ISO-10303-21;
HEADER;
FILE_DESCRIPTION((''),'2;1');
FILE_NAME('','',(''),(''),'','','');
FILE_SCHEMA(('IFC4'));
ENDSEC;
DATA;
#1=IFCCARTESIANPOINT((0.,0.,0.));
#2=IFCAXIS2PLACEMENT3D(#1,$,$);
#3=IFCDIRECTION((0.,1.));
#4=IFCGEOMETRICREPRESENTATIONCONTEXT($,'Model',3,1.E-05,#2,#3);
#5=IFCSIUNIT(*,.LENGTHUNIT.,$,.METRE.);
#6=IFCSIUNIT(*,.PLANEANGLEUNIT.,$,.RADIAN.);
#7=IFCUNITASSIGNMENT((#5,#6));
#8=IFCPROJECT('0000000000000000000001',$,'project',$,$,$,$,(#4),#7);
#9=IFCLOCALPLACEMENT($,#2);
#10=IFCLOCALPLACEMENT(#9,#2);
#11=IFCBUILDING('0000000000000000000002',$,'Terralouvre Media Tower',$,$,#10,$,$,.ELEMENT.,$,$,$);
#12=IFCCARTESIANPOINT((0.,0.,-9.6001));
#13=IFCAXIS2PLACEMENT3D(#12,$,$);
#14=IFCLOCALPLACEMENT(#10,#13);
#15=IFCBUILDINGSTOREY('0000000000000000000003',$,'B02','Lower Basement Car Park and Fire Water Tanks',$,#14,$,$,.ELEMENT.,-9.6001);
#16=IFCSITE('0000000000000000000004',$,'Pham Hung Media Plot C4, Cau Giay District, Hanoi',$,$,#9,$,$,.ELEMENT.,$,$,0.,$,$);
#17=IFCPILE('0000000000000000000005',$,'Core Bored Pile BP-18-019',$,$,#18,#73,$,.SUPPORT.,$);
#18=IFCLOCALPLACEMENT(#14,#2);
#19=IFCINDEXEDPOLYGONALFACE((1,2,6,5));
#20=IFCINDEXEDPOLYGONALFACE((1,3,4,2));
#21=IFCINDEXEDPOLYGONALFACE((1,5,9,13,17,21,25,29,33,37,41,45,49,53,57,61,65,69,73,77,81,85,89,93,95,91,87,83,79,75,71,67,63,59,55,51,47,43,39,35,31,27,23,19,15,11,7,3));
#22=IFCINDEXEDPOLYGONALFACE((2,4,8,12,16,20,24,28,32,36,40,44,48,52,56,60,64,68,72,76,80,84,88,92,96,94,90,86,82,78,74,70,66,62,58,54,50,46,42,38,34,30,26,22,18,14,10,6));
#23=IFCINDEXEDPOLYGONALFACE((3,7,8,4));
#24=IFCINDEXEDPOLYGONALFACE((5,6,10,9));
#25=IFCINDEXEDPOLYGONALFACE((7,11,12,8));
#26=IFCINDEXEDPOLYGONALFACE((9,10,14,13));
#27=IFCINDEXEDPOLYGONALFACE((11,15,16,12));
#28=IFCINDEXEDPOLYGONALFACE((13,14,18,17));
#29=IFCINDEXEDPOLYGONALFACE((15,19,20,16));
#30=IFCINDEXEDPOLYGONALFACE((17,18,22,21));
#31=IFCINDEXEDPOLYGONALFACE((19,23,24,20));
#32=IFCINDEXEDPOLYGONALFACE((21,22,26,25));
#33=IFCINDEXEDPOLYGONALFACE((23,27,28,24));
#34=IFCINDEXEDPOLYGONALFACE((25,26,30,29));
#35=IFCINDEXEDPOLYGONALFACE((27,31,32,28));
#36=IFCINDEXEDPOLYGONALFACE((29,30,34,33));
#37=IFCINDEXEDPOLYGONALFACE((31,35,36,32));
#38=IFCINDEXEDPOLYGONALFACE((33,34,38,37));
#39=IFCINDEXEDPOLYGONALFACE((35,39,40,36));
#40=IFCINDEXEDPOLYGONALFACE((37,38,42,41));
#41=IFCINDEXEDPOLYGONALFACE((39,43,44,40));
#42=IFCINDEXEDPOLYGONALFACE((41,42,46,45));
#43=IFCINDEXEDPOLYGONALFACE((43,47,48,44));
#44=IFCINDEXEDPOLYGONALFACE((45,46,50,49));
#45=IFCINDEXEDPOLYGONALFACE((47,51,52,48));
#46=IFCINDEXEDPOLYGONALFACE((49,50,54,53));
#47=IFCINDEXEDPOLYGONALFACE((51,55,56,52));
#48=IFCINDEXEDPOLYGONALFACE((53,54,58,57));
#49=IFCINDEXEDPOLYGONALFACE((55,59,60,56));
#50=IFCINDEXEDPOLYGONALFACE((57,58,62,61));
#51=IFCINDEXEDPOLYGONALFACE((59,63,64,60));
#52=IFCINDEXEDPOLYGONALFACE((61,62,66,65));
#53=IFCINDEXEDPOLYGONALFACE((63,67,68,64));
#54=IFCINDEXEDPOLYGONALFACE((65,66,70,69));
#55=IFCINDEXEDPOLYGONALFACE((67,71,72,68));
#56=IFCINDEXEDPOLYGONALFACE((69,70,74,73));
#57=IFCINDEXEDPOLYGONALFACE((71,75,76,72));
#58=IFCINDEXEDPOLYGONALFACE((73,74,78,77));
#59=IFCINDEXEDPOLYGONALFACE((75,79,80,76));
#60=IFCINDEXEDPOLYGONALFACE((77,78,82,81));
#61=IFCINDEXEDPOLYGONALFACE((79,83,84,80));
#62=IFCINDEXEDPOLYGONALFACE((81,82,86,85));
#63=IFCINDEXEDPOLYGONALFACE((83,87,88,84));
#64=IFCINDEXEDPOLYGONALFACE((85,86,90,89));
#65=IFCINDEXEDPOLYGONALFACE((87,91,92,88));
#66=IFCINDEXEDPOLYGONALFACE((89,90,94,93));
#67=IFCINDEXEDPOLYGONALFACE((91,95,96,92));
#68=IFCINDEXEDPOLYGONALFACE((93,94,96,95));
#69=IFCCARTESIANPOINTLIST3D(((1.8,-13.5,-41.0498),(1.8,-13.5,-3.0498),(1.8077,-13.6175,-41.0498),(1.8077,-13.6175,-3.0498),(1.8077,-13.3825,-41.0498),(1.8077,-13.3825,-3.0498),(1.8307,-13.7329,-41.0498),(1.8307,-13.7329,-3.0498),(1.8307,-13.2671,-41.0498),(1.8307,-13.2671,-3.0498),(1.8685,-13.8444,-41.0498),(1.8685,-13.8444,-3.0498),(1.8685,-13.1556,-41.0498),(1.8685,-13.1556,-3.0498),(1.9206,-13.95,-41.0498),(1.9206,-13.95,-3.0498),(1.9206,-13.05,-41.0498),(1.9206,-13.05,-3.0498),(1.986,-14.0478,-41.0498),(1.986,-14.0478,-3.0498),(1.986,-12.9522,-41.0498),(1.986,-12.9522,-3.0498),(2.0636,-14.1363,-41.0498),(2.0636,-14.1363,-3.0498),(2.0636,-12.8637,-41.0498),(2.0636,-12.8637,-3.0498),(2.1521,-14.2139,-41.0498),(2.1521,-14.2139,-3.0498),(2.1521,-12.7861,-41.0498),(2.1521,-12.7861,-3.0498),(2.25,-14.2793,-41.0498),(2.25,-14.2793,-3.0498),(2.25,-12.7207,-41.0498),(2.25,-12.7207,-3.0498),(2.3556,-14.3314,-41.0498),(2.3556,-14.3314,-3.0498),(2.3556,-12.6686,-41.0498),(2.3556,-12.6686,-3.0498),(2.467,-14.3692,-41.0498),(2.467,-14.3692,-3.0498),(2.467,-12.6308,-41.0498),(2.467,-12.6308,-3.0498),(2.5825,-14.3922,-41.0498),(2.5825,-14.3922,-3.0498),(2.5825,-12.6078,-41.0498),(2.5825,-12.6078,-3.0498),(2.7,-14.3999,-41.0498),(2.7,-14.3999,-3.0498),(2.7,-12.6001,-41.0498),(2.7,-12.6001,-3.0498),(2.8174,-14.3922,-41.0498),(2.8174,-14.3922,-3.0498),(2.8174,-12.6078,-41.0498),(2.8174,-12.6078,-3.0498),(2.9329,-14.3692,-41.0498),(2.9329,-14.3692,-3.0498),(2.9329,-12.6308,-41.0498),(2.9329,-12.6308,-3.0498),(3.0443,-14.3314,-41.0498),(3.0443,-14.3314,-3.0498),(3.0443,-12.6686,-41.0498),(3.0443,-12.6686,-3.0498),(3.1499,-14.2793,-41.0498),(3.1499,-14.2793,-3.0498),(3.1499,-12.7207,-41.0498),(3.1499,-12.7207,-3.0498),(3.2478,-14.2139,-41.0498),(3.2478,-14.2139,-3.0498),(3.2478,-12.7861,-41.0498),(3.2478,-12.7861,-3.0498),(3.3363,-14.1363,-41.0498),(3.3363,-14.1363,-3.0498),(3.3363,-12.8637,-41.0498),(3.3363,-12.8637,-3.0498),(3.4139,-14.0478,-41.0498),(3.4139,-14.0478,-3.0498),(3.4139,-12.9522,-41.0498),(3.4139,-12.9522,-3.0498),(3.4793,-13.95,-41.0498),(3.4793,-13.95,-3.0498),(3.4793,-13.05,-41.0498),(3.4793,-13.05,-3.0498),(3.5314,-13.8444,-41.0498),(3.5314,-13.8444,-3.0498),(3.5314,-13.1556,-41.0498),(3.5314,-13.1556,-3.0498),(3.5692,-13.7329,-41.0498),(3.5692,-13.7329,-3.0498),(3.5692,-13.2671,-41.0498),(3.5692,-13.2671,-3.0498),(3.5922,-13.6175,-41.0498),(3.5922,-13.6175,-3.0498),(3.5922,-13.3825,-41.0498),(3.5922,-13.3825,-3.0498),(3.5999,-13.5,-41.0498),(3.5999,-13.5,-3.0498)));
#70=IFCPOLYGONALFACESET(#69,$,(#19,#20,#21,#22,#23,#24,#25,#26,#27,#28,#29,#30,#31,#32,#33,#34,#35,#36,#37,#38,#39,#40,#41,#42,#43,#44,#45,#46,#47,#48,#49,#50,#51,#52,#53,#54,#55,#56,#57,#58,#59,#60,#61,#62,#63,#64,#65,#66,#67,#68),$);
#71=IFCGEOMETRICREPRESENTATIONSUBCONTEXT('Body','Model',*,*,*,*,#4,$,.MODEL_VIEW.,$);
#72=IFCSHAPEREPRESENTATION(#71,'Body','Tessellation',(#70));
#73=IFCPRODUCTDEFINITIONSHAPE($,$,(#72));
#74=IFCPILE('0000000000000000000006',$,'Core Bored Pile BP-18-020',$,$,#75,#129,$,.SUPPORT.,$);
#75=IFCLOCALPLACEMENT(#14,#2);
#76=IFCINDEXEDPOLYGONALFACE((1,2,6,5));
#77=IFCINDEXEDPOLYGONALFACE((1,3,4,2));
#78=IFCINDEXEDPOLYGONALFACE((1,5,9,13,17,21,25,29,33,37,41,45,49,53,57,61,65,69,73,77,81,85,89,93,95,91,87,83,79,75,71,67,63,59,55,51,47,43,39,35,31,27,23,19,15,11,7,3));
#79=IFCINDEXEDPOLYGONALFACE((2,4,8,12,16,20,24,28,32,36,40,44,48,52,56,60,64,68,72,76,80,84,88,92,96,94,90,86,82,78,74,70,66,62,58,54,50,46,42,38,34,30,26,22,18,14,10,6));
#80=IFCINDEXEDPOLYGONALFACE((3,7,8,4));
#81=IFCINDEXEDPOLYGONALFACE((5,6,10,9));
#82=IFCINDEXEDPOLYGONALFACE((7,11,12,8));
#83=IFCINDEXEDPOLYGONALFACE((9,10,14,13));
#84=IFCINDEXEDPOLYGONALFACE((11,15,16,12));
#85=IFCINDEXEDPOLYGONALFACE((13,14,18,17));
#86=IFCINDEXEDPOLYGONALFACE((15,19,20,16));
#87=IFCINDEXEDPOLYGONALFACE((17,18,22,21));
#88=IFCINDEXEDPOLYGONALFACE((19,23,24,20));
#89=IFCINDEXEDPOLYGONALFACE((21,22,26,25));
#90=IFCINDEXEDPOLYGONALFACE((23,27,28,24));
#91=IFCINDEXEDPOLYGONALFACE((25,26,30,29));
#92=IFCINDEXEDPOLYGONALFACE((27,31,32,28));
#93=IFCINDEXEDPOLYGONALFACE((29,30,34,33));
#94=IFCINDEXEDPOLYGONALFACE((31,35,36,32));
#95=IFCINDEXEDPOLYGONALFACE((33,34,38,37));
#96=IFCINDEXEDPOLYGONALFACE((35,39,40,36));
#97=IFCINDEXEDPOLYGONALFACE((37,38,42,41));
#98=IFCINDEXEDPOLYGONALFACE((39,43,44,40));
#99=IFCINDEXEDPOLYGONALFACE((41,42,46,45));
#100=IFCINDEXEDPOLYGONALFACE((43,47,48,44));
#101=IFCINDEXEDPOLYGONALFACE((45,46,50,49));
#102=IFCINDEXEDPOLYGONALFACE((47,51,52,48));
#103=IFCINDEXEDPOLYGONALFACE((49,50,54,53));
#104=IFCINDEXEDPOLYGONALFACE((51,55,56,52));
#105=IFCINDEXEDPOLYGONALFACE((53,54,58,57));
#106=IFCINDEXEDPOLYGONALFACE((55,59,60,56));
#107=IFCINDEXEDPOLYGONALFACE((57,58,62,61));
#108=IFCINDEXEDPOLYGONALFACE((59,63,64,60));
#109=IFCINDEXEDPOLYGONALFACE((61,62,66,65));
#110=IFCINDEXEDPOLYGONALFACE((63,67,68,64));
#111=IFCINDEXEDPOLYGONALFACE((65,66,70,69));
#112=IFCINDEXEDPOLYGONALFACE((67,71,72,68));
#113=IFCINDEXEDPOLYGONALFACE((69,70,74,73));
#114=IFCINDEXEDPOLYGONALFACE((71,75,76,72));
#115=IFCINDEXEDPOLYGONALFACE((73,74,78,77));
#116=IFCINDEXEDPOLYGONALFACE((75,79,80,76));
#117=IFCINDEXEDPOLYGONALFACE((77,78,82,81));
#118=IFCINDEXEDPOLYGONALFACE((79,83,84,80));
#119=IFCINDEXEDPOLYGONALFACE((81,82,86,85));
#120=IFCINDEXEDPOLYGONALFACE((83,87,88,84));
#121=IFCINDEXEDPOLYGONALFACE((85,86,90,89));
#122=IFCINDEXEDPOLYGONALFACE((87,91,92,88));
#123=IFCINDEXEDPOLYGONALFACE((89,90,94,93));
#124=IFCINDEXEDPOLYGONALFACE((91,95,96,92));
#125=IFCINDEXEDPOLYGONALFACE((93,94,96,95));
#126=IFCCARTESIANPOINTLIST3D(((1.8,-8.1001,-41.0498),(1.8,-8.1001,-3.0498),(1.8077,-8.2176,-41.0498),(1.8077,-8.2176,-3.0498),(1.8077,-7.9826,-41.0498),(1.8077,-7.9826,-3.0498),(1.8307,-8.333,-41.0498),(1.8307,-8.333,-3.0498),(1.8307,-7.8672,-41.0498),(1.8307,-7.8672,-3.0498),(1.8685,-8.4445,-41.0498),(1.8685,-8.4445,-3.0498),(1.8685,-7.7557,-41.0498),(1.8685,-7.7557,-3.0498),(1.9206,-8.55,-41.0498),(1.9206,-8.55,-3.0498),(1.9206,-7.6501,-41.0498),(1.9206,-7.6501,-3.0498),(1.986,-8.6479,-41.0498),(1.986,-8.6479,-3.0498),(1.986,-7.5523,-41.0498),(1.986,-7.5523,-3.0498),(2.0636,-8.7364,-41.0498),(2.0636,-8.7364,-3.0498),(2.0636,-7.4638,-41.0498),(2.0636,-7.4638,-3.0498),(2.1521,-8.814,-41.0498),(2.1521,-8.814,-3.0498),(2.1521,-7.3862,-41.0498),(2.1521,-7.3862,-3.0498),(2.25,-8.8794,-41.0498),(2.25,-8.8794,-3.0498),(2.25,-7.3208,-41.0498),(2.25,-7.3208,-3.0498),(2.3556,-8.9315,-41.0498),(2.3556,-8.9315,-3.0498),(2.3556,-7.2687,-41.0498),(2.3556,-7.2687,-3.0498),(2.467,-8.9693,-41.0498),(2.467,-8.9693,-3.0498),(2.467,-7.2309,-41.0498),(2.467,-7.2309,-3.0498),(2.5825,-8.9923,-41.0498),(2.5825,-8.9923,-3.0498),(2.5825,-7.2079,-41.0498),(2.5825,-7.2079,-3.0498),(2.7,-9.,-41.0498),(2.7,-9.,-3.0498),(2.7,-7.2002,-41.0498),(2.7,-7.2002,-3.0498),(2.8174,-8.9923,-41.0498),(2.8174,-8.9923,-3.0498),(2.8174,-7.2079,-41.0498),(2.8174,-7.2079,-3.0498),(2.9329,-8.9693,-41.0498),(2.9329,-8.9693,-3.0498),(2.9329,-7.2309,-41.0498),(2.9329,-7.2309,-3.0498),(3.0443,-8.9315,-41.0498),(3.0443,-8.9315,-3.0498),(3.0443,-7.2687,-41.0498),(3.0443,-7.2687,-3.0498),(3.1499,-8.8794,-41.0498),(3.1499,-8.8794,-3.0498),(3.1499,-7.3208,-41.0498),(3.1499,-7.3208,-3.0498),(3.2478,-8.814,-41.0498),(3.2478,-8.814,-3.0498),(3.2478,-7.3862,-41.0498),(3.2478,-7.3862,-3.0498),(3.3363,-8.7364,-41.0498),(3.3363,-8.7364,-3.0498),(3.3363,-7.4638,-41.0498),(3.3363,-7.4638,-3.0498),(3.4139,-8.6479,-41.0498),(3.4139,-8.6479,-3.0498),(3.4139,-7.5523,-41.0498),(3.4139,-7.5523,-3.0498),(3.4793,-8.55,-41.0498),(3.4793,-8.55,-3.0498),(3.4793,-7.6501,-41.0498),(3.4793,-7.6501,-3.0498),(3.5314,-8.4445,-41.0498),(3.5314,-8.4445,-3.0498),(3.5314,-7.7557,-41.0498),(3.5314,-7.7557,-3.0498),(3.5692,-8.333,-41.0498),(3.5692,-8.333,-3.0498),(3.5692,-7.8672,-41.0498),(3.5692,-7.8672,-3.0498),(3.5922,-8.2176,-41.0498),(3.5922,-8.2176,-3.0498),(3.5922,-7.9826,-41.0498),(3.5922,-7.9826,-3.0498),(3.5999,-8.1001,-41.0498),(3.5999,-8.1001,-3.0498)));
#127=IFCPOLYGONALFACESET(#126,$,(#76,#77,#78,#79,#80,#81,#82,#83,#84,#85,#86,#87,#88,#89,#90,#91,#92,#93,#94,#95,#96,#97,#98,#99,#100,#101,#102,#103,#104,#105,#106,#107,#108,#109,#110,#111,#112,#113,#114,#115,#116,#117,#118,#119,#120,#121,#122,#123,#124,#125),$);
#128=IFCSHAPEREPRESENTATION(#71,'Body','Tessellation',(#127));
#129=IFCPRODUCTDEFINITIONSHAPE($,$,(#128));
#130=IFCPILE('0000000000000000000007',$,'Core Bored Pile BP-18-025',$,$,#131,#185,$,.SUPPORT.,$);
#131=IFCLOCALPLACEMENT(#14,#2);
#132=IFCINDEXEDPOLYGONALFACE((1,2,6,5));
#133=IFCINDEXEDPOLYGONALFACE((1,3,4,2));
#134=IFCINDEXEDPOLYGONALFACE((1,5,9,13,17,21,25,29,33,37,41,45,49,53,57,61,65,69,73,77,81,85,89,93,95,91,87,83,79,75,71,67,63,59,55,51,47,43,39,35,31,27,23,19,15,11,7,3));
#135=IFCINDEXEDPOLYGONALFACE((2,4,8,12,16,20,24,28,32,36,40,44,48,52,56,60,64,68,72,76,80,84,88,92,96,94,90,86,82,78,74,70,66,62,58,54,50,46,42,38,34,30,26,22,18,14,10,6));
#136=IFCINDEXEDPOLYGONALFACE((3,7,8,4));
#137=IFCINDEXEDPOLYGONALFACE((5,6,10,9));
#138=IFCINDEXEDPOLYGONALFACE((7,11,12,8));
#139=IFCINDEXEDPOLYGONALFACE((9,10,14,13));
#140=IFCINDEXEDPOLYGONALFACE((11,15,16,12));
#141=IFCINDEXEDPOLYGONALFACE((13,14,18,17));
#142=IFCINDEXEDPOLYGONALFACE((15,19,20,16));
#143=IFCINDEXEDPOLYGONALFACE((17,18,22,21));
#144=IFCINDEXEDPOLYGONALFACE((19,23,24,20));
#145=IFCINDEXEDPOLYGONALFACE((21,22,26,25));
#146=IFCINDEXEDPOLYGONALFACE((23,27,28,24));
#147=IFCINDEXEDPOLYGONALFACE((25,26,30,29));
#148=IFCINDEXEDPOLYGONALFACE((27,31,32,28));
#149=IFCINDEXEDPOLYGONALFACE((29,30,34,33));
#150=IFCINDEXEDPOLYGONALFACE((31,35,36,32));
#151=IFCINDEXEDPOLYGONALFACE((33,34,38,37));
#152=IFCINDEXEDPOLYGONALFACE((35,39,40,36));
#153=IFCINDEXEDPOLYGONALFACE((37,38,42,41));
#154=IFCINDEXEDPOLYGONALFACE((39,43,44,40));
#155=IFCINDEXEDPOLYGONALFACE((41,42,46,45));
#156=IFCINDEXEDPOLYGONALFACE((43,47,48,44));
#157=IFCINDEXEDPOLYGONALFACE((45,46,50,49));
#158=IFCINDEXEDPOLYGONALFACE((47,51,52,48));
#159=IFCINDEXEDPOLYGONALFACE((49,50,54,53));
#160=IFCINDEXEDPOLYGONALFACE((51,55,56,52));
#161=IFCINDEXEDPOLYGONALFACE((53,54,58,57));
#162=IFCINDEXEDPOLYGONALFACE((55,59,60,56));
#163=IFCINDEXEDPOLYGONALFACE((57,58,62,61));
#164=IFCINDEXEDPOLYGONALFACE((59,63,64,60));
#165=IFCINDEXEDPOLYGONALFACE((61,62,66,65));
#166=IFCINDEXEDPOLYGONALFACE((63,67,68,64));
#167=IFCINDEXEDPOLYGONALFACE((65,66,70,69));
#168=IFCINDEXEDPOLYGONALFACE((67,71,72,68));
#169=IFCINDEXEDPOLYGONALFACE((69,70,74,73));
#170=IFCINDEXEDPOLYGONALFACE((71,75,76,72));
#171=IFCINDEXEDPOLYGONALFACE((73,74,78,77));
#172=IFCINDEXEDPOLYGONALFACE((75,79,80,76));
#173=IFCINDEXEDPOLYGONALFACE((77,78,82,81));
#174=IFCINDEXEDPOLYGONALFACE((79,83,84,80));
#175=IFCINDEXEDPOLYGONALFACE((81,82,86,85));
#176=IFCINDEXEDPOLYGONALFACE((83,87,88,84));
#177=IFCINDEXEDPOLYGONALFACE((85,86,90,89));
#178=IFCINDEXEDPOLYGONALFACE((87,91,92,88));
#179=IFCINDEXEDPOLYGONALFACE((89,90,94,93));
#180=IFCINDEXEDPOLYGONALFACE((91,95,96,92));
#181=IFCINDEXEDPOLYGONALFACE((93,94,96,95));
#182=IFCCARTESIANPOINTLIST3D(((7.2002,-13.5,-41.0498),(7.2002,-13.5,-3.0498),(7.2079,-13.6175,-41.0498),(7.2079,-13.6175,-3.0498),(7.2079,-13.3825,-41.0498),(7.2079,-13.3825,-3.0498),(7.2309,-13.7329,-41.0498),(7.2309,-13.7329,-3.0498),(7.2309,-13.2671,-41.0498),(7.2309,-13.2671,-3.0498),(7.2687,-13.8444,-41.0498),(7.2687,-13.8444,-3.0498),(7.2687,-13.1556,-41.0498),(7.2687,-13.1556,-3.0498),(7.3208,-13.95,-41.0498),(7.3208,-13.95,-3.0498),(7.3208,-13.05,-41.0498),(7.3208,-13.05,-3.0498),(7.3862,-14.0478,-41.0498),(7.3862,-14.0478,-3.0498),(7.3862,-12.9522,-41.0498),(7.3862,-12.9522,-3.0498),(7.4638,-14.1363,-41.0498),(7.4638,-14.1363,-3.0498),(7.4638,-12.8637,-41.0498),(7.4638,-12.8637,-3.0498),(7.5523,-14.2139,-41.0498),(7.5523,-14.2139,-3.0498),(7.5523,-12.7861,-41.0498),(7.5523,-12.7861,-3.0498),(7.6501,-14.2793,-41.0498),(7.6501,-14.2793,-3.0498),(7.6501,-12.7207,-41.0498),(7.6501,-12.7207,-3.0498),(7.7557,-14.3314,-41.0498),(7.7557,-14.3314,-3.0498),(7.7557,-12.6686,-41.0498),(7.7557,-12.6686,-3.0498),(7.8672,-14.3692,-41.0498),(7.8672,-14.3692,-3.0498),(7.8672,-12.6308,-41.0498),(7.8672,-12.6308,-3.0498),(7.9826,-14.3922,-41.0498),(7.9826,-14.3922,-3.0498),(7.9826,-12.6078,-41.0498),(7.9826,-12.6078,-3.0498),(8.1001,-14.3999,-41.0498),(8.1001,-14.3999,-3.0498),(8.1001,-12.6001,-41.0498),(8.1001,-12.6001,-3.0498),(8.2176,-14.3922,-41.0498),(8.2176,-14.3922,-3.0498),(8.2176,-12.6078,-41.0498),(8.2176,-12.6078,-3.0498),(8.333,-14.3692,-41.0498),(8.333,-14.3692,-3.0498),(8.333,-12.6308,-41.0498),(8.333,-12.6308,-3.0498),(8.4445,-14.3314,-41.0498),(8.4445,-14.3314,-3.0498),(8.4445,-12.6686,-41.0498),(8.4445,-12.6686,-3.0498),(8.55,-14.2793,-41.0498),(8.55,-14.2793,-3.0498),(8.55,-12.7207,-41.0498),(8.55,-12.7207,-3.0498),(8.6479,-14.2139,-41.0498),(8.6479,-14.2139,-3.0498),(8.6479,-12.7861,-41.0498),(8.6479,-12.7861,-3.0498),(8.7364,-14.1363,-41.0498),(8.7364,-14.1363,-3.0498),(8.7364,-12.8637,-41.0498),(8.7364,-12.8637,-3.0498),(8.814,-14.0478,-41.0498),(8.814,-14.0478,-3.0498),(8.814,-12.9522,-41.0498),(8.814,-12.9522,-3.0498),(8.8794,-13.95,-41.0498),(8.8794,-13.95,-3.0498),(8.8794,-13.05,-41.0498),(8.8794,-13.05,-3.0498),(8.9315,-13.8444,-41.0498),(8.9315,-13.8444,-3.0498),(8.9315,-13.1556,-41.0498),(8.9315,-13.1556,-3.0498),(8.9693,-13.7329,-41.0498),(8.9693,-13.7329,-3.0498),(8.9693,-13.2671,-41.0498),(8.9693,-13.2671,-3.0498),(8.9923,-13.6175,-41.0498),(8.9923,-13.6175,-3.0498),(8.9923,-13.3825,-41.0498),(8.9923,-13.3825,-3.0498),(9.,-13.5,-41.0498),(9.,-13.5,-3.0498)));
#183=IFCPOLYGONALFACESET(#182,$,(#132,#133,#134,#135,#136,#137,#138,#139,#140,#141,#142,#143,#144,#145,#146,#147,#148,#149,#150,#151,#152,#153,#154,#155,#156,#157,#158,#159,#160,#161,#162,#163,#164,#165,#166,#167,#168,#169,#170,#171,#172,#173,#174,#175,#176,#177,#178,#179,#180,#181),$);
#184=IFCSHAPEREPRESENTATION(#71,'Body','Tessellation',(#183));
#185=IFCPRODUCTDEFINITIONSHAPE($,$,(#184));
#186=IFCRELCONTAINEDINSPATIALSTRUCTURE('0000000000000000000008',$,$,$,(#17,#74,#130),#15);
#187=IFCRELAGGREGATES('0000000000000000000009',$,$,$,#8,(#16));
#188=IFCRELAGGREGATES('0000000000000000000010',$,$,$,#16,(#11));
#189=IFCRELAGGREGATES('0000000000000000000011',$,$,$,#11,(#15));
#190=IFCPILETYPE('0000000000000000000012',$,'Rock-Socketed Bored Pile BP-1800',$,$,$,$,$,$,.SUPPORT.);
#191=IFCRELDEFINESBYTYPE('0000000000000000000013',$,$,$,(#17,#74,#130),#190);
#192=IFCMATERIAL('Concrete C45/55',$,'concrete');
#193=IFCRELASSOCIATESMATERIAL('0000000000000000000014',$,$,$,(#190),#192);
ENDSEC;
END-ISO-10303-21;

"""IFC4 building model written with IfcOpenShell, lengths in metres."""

from ifc_helpers import new_model, si_unit, direction, frame, origin, origin_2d, place, context, subcontext, project, spatial, circle, extrude, material, material_profile, profile_set, type_object, element, save


model = new_model("IFC4")

# Units and contexts
model_context = context("Model", 3, precision=1e-05, world=origin(), true_north=direction((0.0, 1.0)))
body_context = subcontext(model_context, "Body", "Model", "MODEL_VIEW")
ifc_project = project(units=[si_unit("LENGTHUNIT", "METRE"), si_unit("PLANEANGLEUNIT", "RADIAN")], contexts=[model_context])

# Site, building, storey
site_placement = place(None, origin())
site = spatial("IfcSite", under=ifc_project, at=site_placement, Name="Pham Hung Media Plot C4, Cau Giay District, Hanoi", CompositionType="ELEMENT", RefElevation=0.0)
building_placement = place(site_placement, origin())
building = spatial("IfcBuilding", under=site, at=building_placement, Name="Terralouvre Media Tower", CompositionType="ELEMENT")
storey_placement = place(building_placement, frame((0.0, 0.0, -9.6001)))
storey = spatial("IfcBuildingStorey", under=building, at=storey_placement, Name="B02", Description="Lower Basement Car Park and Fire Water Tanks", CompositionType="ELEMENT", Elevation=-9.6001)

# Piles
ifc_material_1 = material(Name="Concrete C45/55", Category="concrete")
ifc_material_profile_1 = material_profile(ifc_material_1, circle(Radius=0.8999, at=origin_2d()), Name="BORED PILE 1800")
ifc_profile_set_1 = profile_set([ifc_material_profile_1], Name="Concrete C45/55")
pile_type_1 = type_object("IfcPileType", Name="Rock-Socketed Bored Pile BP-1800", PredefinedType="SUPPORT", material=ifc_profile_set_1)
for number, where, z_axis, x_axis, name in (
    (1, (2.7, -13.5, -3.0498), (0.0, 0.0, -1.0), (1.0, 0.0, 0.0), "Core Bored Pile BP-18-019"),
    (2, (2.7, -8.1001, -3.0498), (0.0, 0.0, -1.0), (1.0, 0.0, 0.0), "Core Bored Pile BP-18-020"),
    (3, (8.1001, -13.5, -3.0498), (0.0, 0.0, -1.0), (1.0, 0.0, 0.0), "Core Bored Pile BP-18-025"),
):
    element("IfcPile", number, at=place(storey_placement, frame(where, z_axis=z_axis, x_axis=x_axis)), inside=storey, type_object=pile_type_1, Name=name, PredefinedType="SUPPORT", context=body_context, shape_type="SweptSolid", body=[
        extrude(circle(Radius=0.8999, at=origin_2d()), origin(), (0.0, 0.0, 1.0), 38.0),
    ])

save(model, "model.ifc")
